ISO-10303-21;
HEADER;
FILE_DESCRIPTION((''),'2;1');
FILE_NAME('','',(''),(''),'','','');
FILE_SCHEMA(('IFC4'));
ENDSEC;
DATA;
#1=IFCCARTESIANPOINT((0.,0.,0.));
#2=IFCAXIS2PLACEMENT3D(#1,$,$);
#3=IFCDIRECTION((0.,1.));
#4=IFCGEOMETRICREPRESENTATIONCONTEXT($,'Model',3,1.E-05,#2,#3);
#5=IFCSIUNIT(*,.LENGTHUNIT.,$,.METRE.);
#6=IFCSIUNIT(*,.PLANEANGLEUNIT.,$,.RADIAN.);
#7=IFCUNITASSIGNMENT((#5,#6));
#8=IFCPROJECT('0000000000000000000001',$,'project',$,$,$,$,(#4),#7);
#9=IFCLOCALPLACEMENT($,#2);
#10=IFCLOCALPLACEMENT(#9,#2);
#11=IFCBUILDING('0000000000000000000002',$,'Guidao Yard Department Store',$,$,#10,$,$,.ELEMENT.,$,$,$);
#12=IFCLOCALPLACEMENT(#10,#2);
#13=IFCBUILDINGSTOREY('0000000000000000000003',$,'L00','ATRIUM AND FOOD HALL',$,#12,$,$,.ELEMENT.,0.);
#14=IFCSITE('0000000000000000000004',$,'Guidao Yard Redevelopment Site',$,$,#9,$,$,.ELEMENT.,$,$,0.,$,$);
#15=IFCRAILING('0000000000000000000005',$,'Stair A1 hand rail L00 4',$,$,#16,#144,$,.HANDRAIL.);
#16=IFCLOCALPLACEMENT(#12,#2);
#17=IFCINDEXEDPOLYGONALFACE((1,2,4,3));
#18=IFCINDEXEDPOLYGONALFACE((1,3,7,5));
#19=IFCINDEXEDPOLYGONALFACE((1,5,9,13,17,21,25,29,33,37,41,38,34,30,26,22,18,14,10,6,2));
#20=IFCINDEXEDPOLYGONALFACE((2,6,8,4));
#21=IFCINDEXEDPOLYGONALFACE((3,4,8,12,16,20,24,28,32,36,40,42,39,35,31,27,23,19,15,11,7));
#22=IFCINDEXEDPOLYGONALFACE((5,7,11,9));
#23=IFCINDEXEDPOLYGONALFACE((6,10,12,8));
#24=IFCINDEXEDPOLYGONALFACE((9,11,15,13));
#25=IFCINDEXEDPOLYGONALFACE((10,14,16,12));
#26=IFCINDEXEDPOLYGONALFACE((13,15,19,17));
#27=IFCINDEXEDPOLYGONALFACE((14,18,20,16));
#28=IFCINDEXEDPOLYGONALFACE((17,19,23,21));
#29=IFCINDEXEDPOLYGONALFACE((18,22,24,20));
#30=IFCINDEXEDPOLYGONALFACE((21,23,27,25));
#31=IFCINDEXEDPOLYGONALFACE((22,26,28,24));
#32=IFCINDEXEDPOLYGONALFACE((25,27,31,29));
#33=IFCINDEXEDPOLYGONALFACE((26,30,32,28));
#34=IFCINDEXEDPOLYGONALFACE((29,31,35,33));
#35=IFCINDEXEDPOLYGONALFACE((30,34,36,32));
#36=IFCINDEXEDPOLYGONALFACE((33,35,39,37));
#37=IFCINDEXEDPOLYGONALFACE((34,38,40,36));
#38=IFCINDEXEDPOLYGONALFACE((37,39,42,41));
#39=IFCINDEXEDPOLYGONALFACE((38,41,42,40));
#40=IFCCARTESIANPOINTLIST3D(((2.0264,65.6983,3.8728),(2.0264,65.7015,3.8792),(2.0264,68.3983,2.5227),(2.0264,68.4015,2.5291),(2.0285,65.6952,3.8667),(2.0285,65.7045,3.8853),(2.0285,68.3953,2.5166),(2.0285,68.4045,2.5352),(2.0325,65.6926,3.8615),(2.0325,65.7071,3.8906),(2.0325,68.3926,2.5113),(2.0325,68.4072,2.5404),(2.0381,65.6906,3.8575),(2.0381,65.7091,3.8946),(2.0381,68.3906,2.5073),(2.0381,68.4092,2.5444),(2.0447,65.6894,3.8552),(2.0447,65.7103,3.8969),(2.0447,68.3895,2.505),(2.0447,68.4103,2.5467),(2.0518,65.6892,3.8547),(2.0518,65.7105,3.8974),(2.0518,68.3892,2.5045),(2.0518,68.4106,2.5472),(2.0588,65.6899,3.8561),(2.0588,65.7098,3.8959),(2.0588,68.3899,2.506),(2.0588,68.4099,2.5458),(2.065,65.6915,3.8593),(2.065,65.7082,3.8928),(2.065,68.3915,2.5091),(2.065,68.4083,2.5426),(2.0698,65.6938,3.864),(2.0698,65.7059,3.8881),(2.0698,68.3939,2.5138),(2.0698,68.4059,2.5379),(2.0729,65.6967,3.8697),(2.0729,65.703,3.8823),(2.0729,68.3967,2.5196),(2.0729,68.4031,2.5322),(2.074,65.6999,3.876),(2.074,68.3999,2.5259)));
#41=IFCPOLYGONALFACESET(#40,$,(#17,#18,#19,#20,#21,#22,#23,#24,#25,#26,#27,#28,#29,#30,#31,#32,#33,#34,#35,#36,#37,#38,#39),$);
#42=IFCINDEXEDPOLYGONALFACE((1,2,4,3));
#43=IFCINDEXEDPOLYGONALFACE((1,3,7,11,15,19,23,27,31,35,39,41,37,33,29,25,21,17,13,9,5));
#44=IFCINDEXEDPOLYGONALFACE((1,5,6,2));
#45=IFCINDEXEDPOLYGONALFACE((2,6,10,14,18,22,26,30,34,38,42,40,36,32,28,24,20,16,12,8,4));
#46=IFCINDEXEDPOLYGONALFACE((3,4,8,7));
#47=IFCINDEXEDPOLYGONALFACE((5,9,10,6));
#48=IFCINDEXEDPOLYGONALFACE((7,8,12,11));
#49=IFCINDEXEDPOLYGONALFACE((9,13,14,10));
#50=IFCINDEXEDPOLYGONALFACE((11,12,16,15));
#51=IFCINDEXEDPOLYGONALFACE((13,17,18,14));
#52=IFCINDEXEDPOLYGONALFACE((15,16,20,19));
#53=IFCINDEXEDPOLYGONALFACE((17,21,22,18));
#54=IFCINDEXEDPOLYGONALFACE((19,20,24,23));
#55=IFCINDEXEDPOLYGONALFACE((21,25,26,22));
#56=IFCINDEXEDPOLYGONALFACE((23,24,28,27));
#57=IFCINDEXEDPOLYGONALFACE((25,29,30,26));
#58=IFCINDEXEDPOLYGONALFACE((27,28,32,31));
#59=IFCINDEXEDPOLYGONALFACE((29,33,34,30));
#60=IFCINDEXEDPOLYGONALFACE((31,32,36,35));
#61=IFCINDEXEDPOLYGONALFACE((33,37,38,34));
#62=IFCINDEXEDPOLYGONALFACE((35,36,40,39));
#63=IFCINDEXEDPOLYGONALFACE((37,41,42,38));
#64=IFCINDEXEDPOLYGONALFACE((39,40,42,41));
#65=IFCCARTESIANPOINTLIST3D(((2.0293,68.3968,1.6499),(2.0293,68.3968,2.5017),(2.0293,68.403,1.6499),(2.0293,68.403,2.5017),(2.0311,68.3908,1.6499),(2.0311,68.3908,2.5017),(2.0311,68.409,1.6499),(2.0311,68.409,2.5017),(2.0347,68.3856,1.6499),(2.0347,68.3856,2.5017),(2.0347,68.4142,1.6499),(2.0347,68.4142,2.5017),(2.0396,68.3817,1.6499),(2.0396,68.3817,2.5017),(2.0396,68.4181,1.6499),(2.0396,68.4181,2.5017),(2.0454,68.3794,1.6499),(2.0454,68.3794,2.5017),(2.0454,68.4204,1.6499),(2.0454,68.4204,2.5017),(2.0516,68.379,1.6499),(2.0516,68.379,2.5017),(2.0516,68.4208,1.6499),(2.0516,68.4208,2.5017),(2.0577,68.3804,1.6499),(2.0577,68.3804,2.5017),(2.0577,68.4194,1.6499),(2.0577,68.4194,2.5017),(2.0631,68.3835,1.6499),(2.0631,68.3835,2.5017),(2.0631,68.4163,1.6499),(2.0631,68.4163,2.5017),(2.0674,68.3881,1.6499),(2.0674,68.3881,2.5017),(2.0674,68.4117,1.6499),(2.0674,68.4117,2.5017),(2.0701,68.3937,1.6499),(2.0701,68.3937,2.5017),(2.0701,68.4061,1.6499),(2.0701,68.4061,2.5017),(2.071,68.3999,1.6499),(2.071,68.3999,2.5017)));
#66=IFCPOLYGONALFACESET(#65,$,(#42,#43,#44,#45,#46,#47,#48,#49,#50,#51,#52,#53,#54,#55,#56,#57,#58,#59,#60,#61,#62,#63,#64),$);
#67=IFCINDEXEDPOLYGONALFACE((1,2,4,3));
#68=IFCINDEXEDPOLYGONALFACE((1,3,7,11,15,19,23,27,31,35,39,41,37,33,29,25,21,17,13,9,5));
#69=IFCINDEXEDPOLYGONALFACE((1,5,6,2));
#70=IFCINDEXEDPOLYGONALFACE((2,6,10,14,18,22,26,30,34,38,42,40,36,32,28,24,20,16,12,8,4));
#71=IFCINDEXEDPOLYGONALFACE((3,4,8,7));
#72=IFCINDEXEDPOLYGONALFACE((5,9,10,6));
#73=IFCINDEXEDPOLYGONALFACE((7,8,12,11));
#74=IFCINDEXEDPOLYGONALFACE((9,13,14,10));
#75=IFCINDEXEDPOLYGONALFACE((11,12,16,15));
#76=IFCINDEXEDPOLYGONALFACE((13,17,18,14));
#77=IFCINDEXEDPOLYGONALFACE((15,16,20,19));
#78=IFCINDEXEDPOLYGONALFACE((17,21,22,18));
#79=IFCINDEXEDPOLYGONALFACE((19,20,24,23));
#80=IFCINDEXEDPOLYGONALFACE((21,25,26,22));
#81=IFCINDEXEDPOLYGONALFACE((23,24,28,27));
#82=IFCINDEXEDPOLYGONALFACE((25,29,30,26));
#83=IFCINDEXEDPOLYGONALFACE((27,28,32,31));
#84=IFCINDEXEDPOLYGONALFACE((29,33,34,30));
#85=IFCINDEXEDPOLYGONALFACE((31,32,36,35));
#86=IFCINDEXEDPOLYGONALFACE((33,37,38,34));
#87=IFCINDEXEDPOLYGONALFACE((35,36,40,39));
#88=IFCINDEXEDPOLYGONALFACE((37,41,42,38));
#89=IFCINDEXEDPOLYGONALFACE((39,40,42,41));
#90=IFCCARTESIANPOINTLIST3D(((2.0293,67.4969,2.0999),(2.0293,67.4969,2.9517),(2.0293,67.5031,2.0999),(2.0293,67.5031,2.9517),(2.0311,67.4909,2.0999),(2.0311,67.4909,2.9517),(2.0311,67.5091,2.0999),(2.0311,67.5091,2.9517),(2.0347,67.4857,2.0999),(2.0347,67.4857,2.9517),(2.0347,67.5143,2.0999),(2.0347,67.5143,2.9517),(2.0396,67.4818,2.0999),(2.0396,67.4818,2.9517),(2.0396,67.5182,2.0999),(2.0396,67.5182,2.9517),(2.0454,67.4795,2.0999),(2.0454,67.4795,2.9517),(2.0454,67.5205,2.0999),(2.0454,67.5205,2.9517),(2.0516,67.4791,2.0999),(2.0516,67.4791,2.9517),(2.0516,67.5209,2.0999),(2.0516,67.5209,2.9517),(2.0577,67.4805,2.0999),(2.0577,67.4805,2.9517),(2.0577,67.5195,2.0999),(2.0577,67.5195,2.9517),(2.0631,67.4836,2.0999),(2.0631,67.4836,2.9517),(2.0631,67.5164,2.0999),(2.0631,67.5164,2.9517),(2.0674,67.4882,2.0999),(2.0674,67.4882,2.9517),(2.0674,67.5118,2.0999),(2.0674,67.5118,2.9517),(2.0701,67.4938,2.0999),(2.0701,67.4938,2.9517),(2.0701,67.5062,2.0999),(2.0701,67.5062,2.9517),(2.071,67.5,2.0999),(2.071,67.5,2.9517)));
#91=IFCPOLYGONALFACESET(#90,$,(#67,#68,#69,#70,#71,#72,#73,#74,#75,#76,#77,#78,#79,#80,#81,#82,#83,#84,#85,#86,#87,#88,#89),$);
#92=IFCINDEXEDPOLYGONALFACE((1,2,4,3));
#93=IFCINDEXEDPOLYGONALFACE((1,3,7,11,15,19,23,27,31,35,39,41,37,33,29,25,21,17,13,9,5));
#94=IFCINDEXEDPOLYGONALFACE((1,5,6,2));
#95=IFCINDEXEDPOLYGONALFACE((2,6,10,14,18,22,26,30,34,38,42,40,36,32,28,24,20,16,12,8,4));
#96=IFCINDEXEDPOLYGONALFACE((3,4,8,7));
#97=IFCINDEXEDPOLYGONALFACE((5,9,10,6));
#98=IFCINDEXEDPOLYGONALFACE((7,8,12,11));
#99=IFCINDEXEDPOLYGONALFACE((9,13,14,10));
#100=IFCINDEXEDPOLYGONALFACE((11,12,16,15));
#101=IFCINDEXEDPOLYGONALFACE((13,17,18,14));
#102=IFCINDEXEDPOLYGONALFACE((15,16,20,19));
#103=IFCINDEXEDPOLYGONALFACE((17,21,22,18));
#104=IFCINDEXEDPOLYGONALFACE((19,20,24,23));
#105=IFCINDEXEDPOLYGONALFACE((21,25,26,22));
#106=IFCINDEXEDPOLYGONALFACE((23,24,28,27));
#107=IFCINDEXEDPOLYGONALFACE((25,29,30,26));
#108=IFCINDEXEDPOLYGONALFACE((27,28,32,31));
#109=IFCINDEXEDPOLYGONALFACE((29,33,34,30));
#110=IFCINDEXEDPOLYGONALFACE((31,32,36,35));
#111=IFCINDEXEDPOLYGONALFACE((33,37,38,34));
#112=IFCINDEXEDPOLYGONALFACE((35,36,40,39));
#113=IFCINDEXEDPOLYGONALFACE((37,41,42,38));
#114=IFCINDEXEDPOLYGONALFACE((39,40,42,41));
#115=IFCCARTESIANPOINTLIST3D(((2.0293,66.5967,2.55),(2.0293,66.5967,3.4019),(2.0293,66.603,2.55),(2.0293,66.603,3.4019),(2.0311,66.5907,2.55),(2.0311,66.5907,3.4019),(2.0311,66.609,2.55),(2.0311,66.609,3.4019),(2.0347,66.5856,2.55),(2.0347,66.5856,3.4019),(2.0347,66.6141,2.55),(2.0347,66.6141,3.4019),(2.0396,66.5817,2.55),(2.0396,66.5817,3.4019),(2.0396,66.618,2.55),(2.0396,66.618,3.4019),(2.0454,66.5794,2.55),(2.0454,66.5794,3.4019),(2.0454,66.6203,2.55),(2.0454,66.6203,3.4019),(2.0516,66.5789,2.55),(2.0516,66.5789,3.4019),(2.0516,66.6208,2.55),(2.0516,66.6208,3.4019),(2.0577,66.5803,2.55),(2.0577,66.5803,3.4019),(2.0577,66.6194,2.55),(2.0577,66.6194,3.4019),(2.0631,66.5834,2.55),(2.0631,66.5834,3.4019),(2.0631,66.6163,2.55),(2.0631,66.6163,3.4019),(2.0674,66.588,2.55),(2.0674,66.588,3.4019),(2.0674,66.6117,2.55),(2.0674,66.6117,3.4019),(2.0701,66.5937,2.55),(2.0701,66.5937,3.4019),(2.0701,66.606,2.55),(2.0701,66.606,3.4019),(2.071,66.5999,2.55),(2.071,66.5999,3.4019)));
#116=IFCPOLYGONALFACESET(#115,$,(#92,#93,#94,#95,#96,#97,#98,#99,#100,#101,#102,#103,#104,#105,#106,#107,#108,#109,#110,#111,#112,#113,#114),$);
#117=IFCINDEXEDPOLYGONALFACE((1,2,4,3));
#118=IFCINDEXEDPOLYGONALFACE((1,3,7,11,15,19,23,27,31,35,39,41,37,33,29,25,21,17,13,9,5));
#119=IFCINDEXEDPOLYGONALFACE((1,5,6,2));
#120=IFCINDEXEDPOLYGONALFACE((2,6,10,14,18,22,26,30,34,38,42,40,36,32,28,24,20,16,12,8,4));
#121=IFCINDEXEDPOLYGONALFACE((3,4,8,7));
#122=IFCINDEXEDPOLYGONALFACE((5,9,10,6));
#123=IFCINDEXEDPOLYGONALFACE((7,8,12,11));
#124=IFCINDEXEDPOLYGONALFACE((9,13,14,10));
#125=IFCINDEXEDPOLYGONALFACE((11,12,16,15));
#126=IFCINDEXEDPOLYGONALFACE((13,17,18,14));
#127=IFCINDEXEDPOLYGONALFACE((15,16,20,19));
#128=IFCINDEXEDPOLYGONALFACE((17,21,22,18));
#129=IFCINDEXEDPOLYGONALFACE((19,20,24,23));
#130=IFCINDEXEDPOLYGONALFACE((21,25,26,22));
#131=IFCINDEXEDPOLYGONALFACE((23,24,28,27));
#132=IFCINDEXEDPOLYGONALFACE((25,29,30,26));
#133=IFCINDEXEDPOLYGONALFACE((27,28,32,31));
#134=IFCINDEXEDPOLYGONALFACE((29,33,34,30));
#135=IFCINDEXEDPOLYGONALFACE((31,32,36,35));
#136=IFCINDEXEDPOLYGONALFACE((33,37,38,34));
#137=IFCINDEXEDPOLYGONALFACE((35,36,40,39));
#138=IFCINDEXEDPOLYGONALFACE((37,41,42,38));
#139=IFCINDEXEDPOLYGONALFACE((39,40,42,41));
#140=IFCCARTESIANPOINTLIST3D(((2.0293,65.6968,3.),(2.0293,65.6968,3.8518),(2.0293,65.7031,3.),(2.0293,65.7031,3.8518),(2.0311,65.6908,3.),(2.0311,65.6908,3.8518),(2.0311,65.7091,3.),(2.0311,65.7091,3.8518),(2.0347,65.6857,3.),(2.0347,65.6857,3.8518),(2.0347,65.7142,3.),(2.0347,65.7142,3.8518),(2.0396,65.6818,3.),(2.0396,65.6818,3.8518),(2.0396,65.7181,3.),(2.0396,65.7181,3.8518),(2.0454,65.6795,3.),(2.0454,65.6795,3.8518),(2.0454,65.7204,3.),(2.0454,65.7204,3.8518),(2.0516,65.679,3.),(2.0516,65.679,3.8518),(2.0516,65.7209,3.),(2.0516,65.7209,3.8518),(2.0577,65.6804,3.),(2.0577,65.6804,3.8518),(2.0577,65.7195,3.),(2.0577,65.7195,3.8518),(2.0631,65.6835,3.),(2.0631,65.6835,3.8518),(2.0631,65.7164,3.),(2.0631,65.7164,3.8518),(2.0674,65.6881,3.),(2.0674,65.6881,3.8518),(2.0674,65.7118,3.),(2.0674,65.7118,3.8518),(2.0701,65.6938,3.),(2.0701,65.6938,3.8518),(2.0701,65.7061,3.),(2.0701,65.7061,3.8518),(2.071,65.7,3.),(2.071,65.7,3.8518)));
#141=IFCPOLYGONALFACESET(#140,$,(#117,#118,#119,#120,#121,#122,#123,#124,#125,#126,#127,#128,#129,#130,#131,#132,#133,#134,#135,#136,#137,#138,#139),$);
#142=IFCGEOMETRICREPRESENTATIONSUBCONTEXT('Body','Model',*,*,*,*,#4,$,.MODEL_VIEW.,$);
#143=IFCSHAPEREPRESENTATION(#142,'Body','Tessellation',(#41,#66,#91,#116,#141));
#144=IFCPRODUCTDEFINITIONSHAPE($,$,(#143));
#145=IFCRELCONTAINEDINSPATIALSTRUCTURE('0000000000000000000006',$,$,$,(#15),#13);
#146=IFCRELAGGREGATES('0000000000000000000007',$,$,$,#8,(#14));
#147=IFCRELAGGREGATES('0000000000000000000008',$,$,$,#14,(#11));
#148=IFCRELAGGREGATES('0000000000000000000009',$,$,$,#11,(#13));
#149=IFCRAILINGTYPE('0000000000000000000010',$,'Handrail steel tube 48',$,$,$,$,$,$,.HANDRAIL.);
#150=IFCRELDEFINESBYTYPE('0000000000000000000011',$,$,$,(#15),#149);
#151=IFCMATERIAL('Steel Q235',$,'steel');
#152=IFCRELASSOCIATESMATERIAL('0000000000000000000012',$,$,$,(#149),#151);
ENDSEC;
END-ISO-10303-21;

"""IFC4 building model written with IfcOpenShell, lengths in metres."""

from ifc_helpers import new_model, si_unit, direction, frame, origin, origin_2d, place, context, subcontext, project, spatial, circle, extrude, material, type_object, element, save


model = new_model("IFC4")

# Units and contexts
model_context = context("Model", 3, precision=1e-05, world=origin(), true_north=direction((0.0, 1.0)))
body_context = subcontext(model_context, "Body", "Model", "MODEL_VIEW")
ifc_project = project(units=[si_unit("LENGTHUNIT", "METRE"), si_unit("PLANEANGLEUNIT", "RADIAN")], contexts=[model_context])

# Site, building, storey
site_placement = place(None, origin())
site = spatial("IfcSite", under=ifc_project, at=site_placement, Name="Guidao Yard Redevelopment Site", CompositionType="ELEMENT", RefElevation=0.0)
building_placement = place(site_placement, origin())
building = spatial("IfcBuilding", under=site, at=building_placement, Name="Guidao Yard Department Store", CompositionType="ELEMENT")
storey_placement = place(building_placement, origin())
storey = spatial("IfcBuildingStorey", under=building, at=storey_placement, Name="L00", Description="ATRIUM AND FOOD HALL", CompositionType="ELEMENT", Elevation=0.0)

# Railing
ifc_material_1 = material(Name="Steel Q235", Category="steel")
railing_type = type_object("IfcRailingType", Name="Handrail steel tube 48", PredefinedType="HANDRAIL", material=ifc_material_1)
for number, where, name in (
    (1, (2.05, 68.3999, 1.6499), "Stair A1 hand rail L00 4"),
):
    element("IfcRailing", number, at=place(storey_placement, frame(where)), inside=storey, type_object=railing_type, Name=name, PredefinedType="HANDRAIL", context=body_context, shape_type="SweptSolid", body=[
        extrude(circle(Radius=0.0239, at=origin_2d()), frame((0.0, 0.0, 0.876), z_axis=(0.0, -0.894411, 0.447246), x_axis=(1.0, 0.0, 0.0)), (0.0, 0.0, 1.0), 3.0188),
        extrude(circle(Radius=0.021, at=origin_2d()), origin(), (0.0, 0.0, 1.0), 0.8518),
        extrude(circle(Radius=0.021, at=origin_2d()), frame((0.0, -0.8999, 0.45)), (0.0, 0.0, 1.0), 0.8518),
        extrude(circle(Radius=0.021, at=origin_2d()), frame((0.0, -1.8, 0.9001)), (0.0, 0.0, 1.0), 0.8518),
        extrude(circle(Radius=0.021, at=origin_2d()), frame((0.0, -2.7, 1.3501)), (0.0, 0.0, 1.0), 0.8518),
    ])

save(model, "model.ifc")
